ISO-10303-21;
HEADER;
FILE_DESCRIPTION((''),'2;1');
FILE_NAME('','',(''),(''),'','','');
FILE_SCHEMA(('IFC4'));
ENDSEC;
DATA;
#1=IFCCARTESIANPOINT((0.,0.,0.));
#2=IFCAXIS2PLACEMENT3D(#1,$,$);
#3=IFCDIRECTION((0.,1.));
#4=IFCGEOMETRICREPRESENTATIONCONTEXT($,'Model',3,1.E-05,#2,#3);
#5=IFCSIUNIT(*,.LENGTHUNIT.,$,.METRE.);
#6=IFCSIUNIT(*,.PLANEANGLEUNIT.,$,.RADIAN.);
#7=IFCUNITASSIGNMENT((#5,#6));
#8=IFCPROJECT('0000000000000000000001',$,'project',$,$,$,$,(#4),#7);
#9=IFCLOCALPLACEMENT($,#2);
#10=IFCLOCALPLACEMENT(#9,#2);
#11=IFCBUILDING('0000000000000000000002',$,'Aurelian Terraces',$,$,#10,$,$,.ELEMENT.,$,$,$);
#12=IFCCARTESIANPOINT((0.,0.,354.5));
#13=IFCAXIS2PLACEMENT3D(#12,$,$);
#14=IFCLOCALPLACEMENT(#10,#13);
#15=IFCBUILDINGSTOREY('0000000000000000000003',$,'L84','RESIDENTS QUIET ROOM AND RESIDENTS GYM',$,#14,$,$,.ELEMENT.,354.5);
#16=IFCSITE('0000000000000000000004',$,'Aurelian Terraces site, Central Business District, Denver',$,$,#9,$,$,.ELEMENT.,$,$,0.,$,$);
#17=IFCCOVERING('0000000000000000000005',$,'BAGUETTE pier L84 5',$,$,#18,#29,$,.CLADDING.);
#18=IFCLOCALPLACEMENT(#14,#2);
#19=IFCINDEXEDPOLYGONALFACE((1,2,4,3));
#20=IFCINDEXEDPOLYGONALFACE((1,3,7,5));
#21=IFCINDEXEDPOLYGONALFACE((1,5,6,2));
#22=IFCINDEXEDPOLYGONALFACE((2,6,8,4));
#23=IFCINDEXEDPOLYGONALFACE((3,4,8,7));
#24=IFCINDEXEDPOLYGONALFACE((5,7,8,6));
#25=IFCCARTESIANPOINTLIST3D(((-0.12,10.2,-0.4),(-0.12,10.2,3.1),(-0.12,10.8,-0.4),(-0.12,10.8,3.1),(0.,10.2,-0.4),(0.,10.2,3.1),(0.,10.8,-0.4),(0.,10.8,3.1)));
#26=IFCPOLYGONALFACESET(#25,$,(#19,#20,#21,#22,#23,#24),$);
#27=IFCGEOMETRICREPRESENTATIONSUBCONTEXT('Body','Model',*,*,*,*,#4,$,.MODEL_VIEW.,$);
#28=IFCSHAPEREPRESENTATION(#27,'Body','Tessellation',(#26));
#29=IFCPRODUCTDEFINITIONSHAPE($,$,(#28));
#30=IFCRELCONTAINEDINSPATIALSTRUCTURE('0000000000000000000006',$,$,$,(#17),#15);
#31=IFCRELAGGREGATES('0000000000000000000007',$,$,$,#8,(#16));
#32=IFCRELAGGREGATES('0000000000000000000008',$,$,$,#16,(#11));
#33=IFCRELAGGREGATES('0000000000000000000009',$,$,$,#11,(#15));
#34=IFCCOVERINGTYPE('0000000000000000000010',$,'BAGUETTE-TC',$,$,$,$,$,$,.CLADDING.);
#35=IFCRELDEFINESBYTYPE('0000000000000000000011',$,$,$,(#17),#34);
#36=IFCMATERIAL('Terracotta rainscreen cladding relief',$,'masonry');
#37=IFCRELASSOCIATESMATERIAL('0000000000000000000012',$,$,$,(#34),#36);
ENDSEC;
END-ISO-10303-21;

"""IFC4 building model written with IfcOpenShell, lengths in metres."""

from ifc_helpers import new_model, si_unit, direction, frame, origin, origin_2d, place, context, subcontext, project, spatial, rectangle, extrude, source, transform, mapped, material, type_object, element, save


model = new_model("IFC4")

# Units and contexts
model_context = context("Model", 3, precision=1e-05, world=origin(), true_north=direction((0.0, 1.0)))
body_context = subcontext(model_context, "Body", "Model", "MODEL_VIEW")
ifc_project = project(units=[si_unit("LENGTHUNIT", "METRE"), si_unit("PLANEANGLEUNIT", "RADIAN")], contexts=[model_context])

# Site, building, storey
site_placement = place(None, origin())
site = spatial("IfcSite", under=ifc_project, at=site_placement, Name="Aurelian Terraces site, Central Business District, Denver", CompositionType="ELEMENT", RefElevation=0.0)
building_placement = place(site_placement, origin())
building = spatial("IfcBuilding", under=site, at=building_placement, Name="Aurelian Terraces", CompositionType="ELEMENT")
storey_placement = place(building_placement, frame((0.0, 0.0, 354.5)))
storey = spatial("IfcBuildingStorey", under=building, at=storey_placement, Name="L84", Description="RESIDENTS QUIET ROOM AND RESIDENTS GYM", CompositionType="ELEMENT", Elevation=354.5)

# Shared definitions
ifc_material_1 = material(Name="Terracotta rainscreen cladding relief", Category="masonry")

# Covering
covering_type_1 = type_object("IfcCoveringType", Name="BAGUETTE-TC", PredefinedType="CLADDING", material=ifc_material_1)
shared_shape_1 = source(origin(), body_context, "Body", "SweptSolid", [
    extrude(rectangle(XDim=0.12, YDim=0.6, at=origin_2d()), origin(), (0.0, 0.0, 1.0), 3.5),
])
covering_1_placement = place(storey_placement, frame((-0.06, 10.5, -0.4), z_axis=(0.0, 0.0, 1.0), x_axis=(1.0, 0.0, 0.0)))
element("IfcCovering", 1, at=covering_1_placement, inside=storey, type_object=covering_type_1, Name="BAGUETTE pier L84 5", PredefinedType="CLADDING", context=body_context, shape_type="MappedRepresentation", body=[
    mapped(shared_shape_1, transform((0.0, 0.0, 0.0), scale=1.0)),
])

save(model, "model.ifc")
